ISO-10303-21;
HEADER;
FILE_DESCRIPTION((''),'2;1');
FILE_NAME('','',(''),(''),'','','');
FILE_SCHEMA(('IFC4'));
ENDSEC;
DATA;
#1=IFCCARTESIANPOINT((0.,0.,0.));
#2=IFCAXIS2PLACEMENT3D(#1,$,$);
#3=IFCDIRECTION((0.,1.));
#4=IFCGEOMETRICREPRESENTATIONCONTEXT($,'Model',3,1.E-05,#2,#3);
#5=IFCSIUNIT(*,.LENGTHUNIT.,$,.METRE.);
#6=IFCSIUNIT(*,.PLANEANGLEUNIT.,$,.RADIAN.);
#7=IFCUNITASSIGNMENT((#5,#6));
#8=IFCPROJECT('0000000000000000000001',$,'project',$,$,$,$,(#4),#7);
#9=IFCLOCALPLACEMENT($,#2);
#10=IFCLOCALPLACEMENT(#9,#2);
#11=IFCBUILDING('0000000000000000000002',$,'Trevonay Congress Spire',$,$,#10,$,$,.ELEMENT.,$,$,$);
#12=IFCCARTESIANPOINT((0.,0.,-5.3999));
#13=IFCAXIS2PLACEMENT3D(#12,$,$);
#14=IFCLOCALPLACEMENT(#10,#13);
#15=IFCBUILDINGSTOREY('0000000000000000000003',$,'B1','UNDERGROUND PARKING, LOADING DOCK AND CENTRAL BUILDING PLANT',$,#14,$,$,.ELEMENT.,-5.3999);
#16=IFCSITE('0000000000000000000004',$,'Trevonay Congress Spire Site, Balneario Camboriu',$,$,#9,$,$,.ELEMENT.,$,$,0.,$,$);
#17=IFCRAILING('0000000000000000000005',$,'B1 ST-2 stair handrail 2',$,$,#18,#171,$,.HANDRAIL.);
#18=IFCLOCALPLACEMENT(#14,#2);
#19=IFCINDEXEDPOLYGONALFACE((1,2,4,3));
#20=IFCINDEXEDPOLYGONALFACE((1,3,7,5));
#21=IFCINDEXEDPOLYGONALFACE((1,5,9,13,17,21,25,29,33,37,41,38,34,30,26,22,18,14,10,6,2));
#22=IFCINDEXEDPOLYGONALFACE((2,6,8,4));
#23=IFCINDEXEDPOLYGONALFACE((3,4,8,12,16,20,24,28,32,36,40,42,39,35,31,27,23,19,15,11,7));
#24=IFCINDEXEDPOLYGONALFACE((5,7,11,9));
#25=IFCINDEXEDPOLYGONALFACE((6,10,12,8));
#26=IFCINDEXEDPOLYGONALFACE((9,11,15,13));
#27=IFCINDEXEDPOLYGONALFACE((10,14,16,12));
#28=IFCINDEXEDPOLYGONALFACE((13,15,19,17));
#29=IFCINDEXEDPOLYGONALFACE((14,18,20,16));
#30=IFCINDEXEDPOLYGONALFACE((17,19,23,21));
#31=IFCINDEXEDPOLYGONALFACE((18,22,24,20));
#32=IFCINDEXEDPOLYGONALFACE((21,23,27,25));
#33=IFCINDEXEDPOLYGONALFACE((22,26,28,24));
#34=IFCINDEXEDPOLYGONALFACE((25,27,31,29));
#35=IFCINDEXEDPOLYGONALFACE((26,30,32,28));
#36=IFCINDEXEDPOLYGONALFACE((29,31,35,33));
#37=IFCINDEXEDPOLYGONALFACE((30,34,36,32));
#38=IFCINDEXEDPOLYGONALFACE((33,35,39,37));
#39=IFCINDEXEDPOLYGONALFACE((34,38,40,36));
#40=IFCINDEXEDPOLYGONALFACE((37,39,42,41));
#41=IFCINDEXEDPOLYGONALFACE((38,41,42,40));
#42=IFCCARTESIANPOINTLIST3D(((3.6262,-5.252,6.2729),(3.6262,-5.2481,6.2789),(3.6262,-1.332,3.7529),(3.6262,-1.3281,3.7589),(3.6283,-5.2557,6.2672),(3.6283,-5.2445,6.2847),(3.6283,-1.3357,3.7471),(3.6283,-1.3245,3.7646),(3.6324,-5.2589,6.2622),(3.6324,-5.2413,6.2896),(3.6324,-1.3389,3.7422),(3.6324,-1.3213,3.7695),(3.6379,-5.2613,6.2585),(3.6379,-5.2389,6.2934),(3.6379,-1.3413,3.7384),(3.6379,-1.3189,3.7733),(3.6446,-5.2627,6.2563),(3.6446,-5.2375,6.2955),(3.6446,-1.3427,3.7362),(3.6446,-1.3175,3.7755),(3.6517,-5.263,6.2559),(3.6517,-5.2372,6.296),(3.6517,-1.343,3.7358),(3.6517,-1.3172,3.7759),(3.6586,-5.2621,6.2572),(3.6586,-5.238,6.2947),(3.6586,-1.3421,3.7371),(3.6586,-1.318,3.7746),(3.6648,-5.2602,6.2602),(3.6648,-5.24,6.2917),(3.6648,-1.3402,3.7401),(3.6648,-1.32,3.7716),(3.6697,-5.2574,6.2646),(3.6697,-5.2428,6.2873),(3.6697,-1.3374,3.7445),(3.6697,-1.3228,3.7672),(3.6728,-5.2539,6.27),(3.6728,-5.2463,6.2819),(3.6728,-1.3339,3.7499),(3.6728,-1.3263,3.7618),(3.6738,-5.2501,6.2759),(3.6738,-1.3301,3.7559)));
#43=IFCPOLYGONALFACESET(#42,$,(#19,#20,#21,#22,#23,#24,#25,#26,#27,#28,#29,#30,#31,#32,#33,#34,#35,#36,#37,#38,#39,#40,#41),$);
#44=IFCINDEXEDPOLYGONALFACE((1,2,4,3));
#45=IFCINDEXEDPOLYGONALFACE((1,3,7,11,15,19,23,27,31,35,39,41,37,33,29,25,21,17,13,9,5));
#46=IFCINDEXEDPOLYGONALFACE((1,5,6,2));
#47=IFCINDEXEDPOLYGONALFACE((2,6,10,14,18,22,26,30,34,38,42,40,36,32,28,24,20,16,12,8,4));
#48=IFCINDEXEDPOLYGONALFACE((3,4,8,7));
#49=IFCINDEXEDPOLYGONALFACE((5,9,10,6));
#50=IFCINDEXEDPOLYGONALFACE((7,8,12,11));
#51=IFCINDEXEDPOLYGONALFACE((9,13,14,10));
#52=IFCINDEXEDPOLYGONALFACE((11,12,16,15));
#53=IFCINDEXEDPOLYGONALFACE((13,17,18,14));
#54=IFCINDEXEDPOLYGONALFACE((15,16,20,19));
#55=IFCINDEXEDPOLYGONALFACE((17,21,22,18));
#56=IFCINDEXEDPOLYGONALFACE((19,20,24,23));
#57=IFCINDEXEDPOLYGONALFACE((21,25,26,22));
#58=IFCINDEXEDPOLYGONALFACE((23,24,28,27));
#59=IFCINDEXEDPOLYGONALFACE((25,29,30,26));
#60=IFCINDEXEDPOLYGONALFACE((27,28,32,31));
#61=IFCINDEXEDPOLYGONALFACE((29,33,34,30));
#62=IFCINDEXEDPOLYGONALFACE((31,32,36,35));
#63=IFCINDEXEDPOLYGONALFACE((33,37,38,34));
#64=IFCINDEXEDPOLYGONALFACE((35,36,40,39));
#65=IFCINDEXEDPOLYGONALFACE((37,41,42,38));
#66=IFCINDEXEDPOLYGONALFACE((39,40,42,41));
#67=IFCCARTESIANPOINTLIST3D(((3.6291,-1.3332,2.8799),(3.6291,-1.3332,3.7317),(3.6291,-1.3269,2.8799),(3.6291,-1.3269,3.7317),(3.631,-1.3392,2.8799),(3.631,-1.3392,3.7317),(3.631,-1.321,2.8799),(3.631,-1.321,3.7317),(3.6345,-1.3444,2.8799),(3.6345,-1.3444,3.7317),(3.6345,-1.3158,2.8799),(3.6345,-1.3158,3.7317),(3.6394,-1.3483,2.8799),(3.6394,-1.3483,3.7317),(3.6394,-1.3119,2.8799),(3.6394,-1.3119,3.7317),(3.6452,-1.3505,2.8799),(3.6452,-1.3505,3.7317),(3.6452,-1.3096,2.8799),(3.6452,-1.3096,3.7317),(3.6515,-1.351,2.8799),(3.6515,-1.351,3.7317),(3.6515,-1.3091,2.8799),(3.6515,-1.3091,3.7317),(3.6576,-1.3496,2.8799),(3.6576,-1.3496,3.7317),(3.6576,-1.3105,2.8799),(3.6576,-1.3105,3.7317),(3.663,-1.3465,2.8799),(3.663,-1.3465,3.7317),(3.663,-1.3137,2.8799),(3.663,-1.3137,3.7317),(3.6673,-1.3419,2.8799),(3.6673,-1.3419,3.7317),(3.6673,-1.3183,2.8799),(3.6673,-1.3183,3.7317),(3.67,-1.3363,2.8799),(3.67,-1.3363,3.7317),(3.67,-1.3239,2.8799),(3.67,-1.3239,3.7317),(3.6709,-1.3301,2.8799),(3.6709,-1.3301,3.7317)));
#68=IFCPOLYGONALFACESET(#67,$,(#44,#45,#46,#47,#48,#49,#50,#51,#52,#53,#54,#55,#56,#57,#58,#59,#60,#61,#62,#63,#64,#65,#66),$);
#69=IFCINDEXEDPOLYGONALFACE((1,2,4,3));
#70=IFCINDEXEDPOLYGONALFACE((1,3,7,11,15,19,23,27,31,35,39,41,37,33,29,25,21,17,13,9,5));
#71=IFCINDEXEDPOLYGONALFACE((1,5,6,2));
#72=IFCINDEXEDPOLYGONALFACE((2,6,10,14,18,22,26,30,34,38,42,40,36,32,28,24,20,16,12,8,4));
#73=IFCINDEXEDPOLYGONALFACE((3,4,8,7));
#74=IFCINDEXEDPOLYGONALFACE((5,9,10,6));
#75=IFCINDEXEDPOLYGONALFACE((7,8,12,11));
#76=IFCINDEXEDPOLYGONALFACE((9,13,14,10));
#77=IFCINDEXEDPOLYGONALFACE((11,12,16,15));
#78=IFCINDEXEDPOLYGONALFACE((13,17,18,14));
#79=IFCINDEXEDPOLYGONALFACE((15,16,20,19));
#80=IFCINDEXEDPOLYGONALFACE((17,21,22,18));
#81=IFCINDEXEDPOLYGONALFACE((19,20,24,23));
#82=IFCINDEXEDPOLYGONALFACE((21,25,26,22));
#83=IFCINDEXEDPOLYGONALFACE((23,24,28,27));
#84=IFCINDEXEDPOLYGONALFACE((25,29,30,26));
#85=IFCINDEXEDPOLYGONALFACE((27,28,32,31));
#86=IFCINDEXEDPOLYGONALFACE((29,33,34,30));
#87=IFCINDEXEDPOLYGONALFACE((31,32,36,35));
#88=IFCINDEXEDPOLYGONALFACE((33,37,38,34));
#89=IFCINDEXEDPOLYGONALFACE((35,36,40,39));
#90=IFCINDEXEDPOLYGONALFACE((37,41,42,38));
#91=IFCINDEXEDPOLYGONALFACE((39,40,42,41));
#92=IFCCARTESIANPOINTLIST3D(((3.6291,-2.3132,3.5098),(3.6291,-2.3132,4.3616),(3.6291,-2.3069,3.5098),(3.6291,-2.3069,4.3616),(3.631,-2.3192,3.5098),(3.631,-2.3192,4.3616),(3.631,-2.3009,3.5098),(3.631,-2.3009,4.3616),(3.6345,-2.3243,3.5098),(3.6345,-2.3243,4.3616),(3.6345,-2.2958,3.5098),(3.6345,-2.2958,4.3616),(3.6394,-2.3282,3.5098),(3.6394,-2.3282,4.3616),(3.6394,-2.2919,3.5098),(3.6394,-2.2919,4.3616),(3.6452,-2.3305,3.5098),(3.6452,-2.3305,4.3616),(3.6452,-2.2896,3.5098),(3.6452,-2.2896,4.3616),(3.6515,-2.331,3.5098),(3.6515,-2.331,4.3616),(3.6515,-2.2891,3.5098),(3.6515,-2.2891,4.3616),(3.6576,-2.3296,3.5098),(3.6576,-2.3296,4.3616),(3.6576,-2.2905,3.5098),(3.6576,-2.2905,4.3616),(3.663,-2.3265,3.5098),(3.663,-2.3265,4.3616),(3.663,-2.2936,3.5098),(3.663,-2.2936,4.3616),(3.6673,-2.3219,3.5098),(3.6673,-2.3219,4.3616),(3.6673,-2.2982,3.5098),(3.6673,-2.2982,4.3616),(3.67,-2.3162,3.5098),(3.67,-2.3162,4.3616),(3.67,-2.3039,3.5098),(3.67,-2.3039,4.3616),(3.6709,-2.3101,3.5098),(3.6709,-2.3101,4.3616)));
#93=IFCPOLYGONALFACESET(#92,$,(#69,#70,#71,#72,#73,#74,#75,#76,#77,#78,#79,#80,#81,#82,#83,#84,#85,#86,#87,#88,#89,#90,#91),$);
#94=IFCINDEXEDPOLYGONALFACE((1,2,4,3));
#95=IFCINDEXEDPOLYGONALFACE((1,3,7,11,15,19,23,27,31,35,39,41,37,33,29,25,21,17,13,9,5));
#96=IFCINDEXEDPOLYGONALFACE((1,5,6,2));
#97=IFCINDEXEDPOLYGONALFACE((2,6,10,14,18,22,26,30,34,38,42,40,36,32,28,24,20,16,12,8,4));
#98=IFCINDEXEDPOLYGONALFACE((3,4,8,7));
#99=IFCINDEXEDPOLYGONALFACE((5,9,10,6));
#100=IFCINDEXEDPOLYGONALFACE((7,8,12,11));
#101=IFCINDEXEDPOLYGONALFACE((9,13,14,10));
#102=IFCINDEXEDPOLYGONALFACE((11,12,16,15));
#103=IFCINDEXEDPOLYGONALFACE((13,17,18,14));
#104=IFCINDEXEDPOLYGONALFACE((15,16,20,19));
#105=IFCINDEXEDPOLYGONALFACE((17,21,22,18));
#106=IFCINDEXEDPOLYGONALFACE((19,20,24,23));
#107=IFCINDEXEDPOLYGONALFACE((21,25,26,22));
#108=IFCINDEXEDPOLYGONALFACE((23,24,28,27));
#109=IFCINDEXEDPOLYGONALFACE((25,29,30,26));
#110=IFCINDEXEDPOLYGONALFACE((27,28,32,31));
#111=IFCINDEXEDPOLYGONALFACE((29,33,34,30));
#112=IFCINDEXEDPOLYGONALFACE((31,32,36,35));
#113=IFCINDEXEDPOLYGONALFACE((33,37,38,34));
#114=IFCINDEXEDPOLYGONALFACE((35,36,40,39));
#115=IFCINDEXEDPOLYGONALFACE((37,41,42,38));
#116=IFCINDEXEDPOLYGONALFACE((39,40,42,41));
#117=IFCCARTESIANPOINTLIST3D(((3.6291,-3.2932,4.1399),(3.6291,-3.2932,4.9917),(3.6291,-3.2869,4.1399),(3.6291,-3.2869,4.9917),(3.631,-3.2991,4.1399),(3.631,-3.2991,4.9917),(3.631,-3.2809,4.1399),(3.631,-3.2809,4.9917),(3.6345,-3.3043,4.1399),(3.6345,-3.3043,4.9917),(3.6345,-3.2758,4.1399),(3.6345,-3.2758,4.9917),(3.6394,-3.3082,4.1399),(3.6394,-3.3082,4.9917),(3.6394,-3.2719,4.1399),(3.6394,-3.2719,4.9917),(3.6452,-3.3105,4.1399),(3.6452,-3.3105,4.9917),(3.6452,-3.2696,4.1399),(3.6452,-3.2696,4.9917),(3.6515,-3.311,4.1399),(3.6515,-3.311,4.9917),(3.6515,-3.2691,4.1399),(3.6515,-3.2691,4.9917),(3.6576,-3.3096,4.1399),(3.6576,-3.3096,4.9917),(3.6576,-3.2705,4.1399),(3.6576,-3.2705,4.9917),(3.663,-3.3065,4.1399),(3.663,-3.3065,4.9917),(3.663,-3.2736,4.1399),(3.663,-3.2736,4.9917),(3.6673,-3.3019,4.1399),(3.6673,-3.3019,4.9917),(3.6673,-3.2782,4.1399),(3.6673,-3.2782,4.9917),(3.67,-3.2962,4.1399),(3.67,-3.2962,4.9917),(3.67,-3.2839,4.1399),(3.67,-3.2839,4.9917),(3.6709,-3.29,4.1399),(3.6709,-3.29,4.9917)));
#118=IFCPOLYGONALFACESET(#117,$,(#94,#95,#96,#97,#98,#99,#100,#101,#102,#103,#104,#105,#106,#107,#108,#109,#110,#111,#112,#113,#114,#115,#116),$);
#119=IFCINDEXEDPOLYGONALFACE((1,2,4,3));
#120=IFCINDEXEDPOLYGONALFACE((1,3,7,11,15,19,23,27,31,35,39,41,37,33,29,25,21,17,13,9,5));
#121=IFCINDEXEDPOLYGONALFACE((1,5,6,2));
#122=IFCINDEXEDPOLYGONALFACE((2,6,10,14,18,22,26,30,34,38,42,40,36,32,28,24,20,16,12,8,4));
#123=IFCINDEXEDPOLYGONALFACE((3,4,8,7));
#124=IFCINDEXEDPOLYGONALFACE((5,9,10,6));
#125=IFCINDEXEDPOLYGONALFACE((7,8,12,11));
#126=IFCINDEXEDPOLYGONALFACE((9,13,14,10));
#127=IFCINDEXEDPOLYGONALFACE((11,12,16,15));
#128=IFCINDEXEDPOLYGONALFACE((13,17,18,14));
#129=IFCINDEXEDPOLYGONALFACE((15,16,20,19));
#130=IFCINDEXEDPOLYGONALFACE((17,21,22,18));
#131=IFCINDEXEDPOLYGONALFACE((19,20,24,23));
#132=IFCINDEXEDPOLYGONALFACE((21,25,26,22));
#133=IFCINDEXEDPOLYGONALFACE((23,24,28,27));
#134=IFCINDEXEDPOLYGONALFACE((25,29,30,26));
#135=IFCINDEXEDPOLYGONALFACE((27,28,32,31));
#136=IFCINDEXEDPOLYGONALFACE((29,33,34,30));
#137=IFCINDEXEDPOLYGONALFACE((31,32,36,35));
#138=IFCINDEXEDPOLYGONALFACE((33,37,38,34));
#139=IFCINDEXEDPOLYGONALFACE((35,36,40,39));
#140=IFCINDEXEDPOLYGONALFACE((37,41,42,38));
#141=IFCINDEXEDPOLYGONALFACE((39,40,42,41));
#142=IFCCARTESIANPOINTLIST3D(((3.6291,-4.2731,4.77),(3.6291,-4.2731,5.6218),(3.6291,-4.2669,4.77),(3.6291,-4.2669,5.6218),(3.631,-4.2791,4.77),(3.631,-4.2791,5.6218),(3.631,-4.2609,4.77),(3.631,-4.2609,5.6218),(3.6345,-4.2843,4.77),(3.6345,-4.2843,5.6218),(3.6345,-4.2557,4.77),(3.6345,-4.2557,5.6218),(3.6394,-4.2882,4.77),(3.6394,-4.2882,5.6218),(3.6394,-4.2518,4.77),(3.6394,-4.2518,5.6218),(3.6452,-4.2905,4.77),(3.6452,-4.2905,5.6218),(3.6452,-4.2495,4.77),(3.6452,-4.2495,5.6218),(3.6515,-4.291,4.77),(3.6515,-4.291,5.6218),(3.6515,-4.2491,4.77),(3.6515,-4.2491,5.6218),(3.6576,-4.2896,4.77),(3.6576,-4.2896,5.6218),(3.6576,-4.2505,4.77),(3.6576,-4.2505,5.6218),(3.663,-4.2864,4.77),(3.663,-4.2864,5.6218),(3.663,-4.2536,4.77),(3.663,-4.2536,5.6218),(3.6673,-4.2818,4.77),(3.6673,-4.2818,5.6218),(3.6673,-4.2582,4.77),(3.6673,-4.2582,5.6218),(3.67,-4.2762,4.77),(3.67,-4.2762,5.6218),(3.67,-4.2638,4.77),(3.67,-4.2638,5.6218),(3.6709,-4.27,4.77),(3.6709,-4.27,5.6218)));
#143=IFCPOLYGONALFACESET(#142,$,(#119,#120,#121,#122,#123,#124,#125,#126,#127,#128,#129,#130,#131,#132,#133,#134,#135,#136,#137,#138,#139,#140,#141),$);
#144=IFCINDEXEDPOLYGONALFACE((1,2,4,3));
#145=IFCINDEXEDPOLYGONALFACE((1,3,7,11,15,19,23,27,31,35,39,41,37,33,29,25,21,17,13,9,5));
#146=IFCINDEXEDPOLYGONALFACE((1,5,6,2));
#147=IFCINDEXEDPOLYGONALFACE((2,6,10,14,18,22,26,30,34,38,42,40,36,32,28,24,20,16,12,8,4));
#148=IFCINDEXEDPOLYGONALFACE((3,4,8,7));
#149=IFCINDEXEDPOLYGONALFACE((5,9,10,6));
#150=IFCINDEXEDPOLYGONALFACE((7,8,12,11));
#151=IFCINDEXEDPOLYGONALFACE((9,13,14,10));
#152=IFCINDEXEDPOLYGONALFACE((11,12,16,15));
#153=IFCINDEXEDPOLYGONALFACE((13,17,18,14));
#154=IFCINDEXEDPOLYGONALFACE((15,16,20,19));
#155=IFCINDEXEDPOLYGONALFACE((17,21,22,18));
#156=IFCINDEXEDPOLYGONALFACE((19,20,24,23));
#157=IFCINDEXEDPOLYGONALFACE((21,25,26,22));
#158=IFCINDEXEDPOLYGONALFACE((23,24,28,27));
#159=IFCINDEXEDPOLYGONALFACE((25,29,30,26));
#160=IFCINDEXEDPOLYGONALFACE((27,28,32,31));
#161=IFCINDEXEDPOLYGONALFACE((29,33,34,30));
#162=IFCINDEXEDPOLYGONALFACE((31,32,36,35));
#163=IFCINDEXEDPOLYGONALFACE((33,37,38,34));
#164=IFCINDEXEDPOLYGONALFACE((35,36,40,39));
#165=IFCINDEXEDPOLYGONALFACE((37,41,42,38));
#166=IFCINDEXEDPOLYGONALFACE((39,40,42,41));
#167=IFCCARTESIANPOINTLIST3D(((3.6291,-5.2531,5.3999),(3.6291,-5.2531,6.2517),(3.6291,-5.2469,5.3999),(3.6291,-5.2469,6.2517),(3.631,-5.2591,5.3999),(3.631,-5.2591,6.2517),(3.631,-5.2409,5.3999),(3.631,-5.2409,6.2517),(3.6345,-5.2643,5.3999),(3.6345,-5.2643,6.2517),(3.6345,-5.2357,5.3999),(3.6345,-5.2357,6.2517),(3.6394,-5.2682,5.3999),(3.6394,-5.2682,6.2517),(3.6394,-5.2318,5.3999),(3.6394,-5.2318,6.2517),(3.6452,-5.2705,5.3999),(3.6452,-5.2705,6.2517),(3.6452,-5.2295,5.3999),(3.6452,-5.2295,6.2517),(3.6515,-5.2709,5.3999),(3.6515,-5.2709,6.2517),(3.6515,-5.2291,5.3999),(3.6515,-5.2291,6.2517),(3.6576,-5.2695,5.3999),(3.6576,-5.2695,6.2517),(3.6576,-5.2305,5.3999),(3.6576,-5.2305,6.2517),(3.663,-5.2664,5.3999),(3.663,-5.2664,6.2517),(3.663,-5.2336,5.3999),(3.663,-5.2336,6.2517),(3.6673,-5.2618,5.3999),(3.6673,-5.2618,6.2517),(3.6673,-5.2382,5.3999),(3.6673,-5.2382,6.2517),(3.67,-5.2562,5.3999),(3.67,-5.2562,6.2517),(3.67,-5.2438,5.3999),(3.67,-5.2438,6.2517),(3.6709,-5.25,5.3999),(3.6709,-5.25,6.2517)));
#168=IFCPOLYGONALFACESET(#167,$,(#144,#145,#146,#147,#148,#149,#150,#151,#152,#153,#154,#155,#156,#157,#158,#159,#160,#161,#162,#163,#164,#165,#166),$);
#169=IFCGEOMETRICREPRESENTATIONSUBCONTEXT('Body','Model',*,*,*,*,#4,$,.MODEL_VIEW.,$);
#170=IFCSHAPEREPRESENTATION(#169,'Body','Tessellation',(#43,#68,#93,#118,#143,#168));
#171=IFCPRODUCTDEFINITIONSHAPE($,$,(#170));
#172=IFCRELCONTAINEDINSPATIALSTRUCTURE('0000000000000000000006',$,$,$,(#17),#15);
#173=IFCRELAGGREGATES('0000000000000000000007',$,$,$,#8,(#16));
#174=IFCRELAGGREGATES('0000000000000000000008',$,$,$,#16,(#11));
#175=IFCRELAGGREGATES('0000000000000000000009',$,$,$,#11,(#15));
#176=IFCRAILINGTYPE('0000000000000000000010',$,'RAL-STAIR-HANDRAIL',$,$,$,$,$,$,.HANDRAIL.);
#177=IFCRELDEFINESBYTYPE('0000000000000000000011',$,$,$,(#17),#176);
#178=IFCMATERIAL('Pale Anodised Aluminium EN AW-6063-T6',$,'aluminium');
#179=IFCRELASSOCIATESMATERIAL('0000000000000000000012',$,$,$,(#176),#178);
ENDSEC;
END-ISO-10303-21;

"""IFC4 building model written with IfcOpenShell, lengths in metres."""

from ifc_helpers import new_model, si_unit, direction, frame, origin, origin_2d, place, context, subcontext, project, spatial, circle, extrude, material, type_object, element, save


model = new_model("IFC4")

# Units and contexts
model_context = context("Model", 3, precision=1e-05, world=origin(), true_north=direction((0.0, 1.0)))
body_context = subcontext(model_context, "Body", "Model", "MODEL_VIEW")
ifc_project = project(units=[si_unit("LENGTHUNIT", "METRE"), si_unit("PLANEANGLEUNIT", "RADIAN")], contexts=[model_context])

# Site, building, storey
site_placement = place(None, origin())
site = spatial("IfcSite", under=ifc_project, at=site_placement, Name="Trevonay Congress Spire Site, Balneario Camboriu", CompositionType="ELEMENT", RefElevation=0.0)
building_placement = place(site_placement, origin())
building = spatial("IfcBuilding", under=site, at=building_placement, Name="Trevonay Congress Spire", CompositionType="ELEMENT")
storey_placement = place(building_placement, frame((0.0, 0.0, -5.3999)))
storey = spatial("IfcBuildingStorey", under=building, at=storey_placement, Name="B1", Description="UNDERGROUND PARKING, LOADING DOCK AND CENTRAL BUILDING PLANT", CompositionType="ELEMENT", Elevation=-5.3999)

# Railing
ifc_material_1 = material(Name="Pale Anodised Aluminium EN AW-6063-T6", Category="aluminium")
railing_type_1 = type_object("IfcRailingType", Name="RAL-STAIR-HANDRAIL", PredefinedType="HANDRAIL", material=ifc_material_1)
railing_1_placement = place(storey_placement, frame((3.6499, -1.3301, 2.8799)))
element("IfcRailing", 1, at=railing_1_placement, inside=storey, type_object=railing_type_1, Name="B1 ST-2 stair handrail 2", PredefinedType="HANDRAIL", context=body_context, shape_type="SweptSolid", body=[
    extrude(circle(Radius=0.0239, at=origin_2d()), frame((0.0, 0.0, 0.876), z_axis=(0.0, -0.841172, 0.540768), x_axis=(1.0, 0.0, 0.0)), (0.0, 0.0, 1.0), 4.6602),
    extrude(circle(Radius=0.021, at=origin_2d()), origin(), (0.0, 0.0, 1.0), 0.8518),
    extrude(circle(Radius=0.021, at=origin_2d()), frame((0.0, -0.98, 0.6299)), (0.0, 0.0, 1.0), 0.8518),
    extrude(circle(Radius=0.021, at=origin_2d()), frame((0.0, -1.96, 1.26)), (0.0, 0.0, 1.0), 0.8518),
    extrude(circle(Radius=0.021, at=origin_2d()), frame((0.0, -2.9399, 1.8901)), (0.0, 0.0, 1.0), 0.8518),
    extrude(circle(Radius=0.021, at=origin_2d()), frame((0.0, -3.9199, 2.52)), (0.0, 0.0, 1.0), 0.8518),
])

save(model, "model.ifc")
